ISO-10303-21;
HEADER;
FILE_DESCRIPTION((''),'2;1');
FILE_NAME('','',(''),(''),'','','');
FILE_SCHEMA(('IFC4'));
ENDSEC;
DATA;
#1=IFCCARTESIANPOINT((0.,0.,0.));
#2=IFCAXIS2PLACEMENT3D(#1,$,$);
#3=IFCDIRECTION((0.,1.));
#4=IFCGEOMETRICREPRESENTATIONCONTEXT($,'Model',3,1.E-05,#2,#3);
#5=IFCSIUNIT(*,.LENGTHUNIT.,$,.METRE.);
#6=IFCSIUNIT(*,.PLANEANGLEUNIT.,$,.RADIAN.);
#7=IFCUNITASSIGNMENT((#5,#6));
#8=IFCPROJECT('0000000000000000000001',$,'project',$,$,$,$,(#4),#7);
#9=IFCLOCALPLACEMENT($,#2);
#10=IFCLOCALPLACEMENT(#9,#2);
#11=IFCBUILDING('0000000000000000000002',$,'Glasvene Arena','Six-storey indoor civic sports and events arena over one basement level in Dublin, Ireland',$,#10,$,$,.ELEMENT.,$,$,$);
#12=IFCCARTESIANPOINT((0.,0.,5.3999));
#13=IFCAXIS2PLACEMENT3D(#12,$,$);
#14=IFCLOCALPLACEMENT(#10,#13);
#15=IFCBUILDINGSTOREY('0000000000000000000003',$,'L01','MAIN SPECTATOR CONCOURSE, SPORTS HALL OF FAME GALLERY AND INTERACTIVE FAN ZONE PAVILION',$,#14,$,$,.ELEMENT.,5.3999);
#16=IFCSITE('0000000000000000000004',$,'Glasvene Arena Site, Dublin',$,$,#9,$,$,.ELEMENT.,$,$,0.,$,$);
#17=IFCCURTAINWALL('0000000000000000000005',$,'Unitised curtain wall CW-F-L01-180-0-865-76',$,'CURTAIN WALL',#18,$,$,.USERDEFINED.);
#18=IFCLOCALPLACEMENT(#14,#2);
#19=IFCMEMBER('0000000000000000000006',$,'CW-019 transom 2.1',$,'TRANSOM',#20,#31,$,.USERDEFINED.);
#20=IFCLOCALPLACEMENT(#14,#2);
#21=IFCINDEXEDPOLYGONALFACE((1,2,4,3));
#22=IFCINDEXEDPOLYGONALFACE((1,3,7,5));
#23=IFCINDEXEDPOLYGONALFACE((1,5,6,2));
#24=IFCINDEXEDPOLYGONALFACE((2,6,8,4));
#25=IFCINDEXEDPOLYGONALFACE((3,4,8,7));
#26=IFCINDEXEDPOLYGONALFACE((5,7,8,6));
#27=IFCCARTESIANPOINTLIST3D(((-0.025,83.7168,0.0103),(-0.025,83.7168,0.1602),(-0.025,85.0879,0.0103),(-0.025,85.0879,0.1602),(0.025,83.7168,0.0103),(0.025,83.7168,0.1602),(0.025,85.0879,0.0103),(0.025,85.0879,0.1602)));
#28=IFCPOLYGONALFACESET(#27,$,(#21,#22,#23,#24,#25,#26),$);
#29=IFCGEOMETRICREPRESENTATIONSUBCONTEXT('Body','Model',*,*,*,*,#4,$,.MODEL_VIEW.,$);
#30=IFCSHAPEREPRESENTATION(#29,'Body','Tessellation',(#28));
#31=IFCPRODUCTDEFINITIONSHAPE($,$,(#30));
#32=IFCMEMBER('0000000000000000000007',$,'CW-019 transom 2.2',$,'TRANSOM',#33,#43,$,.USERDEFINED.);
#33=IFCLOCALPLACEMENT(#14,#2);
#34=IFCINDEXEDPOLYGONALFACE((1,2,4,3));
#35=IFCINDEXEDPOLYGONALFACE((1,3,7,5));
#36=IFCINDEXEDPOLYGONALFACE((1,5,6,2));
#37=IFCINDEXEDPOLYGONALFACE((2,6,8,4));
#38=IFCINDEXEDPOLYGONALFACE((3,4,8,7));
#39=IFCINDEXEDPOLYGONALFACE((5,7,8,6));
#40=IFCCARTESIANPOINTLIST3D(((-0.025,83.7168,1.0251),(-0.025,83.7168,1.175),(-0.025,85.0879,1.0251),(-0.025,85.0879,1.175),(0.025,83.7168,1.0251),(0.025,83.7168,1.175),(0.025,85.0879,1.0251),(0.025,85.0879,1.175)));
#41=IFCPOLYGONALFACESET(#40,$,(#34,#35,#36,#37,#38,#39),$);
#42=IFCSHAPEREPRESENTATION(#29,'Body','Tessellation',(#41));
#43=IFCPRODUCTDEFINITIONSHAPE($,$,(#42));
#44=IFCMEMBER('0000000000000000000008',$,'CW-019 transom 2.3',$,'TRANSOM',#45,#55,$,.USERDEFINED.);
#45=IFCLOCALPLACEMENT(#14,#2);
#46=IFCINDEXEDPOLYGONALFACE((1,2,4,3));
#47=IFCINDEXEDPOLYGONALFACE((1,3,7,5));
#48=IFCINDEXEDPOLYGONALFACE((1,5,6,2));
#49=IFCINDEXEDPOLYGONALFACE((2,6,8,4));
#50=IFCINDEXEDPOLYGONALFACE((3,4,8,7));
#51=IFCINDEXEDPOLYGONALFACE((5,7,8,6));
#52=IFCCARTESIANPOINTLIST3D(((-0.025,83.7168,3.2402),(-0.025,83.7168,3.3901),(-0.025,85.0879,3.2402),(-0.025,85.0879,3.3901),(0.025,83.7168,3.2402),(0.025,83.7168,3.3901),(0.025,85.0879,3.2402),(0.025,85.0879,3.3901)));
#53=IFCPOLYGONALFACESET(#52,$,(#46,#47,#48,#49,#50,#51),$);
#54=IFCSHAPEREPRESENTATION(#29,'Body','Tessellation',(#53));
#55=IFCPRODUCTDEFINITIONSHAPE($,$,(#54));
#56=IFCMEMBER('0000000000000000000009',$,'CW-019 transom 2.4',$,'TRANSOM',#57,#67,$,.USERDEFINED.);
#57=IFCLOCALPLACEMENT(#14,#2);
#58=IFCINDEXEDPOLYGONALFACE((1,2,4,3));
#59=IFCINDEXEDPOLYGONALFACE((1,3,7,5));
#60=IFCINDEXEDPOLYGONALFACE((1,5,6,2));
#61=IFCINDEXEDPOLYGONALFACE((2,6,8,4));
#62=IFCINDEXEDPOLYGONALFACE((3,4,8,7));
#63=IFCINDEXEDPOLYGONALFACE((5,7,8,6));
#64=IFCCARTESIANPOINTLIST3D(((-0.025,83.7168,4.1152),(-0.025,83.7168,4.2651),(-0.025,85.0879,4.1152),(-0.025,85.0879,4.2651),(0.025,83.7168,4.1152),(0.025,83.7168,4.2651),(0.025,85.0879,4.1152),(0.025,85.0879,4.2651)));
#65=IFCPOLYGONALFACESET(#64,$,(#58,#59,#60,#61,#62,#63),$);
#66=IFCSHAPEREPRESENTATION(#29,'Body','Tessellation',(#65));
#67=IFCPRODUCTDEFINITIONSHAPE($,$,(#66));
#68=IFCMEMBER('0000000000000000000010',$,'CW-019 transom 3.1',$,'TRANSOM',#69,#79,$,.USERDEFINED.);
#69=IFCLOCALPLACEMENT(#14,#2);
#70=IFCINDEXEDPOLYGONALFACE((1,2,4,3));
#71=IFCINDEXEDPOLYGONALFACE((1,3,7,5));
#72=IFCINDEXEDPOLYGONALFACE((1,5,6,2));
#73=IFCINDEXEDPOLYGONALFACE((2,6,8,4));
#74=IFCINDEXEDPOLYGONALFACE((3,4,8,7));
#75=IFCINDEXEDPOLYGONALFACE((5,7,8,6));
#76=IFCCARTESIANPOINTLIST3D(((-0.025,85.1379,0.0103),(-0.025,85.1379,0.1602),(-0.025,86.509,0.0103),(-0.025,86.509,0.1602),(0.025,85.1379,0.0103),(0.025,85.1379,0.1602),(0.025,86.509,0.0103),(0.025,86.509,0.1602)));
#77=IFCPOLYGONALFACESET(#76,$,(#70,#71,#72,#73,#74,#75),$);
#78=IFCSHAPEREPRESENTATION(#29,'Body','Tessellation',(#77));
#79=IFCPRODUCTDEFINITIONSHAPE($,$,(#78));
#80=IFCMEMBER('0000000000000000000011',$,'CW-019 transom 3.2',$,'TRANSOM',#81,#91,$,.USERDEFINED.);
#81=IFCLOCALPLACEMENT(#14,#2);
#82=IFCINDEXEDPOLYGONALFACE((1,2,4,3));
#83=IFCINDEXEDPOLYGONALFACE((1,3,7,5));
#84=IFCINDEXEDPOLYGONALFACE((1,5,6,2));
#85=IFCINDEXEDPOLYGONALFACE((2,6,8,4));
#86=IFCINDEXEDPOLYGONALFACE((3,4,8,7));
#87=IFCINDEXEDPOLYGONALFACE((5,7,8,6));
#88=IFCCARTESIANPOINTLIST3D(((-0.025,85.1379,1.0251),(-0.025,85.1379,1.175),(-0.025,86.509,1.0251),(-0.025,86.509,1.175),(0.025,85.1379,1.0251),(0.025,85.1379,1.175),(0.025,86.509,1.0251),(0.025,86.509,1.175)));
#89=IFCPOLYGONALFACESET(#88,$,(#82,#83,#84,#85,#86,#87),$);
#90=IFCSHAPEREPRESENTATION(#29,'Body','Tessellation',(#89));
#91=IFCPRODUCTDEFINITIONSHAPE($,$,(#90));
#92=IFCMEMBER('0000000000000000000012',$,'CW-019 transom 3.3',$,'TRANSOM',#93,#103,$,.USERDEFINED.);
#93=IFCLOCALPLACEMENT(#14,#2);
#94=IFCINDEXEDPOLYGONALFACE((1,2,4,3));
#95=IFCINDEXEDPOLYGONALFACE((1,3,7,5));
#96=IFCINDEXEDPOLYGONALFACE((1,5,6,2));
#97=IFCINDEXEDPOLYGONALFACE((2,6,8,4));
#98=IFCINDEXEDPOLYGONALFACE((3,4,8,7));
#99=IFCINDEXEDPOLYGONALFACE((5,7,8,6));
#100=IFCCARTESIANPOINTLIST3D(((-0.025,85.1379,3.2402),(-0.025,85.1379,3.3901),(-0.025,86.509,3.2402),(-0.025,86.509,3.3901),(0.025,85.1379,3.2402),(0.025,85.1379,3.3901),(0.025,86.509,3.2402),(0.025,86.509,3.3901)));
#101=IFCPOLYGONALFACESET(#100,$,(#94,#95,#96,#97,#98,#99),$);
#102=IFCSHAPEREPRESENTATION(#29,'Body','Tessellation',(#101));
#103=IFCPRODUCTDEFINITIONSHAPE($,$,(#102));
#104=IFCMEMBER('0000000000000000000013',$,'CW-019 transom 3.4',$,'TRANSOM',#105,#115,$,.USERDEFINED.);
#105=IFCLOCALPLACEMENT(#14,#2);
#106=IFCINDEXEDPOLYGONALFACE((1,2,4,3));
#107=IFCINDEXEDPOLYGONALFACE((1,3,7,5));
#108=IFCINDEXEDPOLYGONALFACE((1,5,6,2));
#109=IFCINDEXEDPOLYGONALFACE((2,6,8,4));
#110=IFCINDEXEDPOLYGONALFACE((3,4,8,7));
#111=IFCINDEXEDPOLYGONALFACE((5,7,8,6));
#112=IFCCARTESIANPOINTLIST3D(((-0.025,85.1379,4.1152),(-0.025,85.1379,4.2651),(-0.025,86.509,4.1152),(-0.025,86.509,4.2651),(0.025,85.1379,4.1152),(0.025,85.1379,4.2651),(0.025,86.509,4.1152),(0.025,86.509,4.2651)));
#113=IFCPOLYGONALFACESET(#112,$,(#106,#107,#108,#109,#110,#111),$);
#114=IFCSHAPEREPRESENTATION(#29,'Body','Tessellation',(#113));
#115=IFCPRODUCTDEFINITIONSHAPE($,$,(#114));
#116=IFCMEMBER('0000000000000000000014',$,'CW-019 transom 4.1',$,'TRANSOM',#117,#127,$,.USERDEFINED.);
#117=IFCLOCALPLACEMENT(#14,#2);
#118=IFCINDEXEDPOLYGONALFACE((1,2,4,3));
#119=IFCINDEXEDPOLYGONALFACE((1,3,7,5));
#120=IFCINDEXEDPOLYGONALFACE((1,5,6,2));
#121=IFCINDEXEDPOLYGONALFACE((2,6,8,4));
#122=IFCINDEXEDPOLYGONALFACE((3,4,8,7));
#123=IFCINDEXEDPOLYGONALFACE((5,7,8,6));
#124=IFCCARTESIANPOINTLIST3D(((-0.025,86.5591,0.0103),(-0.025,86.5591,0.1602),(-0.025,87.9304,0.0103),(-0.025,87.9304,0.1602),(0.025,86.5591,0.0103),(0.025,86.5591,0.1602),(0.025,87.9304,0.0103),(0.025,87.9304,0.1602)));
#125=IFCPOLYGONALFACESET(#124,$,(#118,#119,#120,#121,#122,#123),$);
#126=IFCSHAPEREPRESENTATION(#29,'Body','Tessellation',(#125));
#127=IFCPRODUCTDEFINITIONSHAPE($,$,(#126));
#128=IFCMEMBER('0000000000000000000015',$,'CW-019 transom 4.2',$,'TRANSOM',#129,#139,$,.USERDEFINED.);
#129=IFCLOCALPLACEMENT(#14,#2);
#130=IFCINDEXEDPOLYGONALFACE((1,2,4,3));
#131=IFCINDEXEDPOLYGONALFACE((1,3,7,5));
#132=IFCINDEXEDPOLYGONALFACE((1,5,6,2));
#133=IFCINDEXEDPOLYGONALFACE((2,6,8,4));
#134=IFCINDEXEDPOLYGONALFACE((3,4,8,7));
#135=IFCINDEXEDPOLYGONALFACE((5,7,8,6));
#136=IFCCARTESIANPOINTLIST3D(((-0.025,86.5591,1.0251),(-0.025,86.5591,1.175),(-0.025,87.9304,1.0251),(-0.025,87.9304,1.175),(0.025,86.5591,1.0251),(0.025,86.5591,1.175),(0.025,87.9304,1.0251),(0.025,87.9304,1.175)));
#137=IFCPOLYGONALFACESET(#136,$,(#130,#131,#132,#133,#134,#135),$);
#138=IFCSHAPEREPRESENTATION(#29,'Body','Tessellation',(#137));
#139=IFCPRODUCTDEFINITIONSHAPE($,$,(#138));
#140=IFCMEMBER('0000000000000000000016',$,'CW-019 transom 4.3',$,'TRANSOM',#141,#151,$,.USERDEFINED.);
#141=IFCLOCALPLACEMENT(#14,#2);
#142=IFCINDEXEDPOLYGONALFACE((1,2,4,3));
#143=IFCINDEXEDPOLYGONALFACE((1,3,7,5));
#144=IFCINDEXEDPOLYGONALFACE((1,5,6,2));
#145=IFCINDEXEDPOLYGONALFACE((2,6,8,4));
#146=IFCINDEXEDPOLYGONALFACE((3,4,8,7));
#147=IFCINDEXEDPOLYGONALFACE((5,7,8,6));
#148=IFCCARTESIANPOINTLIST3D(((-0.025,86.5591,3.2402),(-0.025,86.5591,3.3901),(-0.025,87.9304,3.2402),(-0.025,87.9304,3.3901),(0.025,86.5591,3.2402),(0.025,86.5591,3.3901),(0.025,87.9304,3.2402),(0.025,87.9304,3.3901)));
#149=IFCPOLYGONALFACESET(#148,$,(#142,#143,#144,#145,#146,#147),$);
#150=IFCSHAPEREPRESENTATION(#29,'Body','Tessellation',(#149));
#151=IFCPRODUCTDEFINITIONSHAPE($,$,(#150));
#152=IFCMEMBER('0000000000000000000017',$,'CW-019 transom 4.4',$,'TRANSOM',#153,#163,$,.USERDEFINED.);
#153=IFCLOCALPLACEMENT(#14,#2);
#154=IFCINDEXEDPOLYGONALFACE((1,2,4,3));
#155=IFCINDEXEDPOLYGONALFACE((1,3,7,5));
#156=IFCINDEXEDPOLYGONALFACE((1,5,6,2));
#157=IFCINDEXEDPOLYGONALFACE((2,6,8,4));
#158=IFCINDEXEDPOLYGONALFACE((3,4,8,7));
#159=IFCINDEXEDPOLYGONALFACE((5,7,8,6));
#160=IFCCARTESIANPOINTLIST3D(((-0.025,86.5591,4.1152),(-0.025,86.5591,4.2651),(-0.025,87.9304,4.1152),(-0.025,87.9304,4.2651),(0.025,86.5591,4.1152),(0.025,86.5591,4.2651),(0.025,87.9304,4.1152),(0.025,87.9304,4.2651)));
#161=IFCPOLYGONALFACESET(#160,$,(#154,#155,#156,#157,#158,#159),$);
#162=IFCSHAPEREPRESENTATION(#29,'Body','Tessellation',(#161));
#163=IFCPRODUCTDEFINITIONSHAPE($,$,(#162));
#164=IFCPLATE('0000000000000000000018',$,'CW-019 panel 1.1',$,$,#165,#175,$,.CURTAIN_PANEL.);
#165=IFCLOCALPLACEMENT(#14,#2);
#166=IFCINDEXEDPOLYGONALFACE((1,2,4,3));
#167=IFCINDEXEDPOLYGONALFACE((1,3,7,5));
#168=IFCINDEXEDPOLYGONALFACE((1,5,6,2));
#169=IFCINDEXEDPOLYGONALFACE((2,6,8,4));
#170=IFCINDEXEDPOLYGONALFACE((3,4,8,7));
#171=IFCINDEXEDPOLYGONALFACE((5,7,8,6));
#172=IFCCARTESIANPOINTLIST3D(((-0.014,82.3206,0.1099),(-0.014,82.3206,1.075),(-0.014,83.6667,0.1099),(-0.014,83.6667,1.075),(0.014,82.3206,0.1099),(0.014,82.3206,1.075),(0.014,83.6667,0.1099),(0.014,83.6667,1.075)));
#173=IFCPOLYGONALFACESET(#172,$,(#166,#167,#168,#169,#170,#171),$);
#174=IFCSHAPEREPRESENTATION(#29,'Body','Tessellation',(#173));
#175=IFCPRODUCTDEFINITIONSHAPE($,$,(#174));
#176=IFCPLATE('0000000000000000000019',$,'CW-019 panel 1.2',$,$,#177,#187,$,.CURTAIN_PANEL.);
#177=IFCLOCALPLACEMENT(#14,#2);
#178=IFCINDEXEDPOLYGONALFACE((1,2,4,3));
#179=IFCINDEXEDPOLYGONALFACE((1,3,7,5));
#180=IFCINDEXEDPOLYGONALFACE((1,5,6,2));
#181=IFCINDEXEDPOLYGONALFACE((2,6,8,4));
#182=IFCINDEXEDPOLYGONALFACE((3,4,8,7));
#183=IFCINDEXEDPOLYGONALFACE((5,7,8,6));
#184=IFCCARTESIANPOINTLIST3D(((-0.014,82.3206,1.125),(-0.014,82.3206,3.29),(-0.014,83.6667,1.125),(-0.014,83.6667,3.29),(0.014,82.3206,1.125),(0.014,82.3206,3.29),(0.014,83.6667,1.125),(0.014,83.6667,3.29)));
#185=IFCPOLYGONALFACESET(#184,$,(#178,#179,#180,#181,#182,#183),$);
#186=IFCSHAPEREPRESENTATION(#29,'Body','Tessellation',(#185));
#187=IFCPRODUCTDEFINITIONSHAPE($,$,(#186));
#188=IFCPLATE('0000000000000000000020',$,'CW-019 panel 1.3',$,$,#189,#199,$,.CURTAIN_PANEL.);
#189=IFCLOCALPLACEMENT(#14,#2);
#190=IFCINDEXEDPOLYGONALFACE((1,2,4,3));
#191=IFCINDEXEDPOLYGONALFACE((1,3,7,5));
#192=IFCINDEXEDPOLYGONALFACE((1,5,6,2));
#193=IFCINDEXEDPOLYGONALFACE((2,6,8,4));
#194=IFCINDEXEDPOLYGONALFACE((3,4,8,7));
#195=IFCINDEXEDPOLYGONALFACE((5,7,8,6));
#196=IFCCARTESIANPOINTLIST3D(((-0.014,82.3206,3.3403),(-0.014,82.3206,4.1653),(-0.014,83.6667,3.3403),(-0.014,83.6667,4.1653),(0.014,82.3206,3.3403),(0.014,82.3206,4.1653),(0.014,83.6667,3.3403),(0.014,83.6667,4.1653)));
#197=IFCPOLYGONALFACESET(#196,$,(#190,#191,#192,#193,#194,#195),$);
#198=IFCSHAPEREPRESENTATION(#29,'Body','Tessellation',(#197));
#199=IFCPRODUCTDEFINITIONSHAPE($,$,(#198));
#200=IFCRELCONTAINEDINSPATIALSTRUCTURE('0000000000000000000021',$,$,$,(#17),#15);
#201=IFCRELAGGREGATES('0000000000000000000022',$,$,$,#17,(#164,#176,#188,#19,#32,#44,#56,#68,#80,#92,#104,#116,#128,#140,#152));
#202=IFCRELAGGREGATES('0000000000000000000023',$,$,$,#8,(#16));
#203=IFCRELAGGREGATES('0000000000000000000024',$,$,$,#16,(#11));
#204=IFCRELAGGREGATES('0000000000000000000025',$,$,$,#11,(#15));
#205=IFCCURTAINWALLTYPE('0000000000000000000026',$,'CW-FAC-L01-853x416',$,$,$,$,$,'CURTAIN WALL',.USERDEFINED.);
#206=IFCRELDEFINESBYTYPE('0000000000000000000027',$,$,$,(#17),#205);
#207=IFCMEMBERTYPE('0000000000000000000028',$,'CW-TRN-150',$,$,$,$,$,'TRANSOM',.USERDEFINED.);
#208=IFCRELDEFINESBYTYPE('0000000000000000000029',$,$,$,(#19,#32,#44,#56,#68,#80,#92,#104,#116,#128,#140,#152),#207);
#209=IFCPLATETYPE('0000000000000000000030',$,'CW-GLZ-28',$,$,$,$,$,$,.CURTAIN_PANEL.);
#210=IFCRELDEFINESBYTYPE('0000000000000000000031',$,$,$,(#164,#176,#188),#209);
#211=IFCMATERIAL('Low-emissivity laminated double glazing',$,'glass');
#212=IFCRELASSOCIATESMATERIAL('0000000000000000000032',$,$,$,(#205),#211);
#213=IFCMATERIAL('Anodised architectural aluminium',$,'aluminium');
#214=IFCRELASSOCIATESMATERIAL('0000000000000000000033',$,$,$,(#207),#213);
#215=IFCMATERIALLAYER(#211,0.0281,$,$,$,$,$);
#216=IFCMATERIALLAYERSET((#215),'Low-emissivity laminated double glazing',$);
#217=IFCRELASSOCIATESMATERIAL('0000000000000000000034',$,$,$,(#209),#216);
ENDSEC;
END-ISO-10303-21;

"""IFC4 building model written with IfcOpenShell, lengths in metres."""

from ifc_helpers import new_model, si_unit, direction, frame, origin, origin_2d, place, context, subcontext, project, spatial, rectangle, extrude, material, layer, layer_set, material_profile, profile_set, type_object, element, aggregate, save


model = new_model("IFC4")

# Units and contexts
model_context = context("Model", 3, precision=1e-05, world=origin(), true_north=direction((0.0, 1.0)))
body_context = subcontext(model_context, "Body", "Model", "MODEL_VIEW")
ifc_project = project(units=[si_unit("LENGTHUNIT", "METRE"), si_unit("PLANEANGLEUNIT", "RADIAN")], contexts=[model_context])

# Site, building, storey
site_placement = place(None, origin())
site = spatial("IfcSite", under=ifc_project, at=site_placement, Name="Glasvene Arena Site, Dublin", CompositionType="ELEMENT", RefElevation=0.0)
building_placement = place(site_placement, origin())
building = spatial("IfcBuilding", under=site, at=building_placement, Name="Glasvene Arena", Description="Six-storey indoor civic sports and events arena over one basement level in Dublin, Ireland", CompositionType="ELEMENT")
storey_placement = place(building_placement, frame((0.0, 0.0, 5.3999)))
storey = spatial("IfcBuildingStorey", under=building, at=storey_placement, Name="L01", Description="MAIN SPECTATOR CONCOURSE, SPORTS HALL OF FAME GALLERY AND INTERACTIVE FAN ZONE PAVILION", CompositionType="ELEMENT", Elevation=5.3999)

# Curtain wall, members, plates
ifc_material_1 = material(Name="Low-emissivity laminated double glazing", Category="glass")
curtain_wall_type = type_object("IfcCurtainWallType", Name="CW-FAC-L01-853x416", ElementType="CURTAIN WALL", PredefinedType="USERDEFINED", material=ifc_material_1)
curtain_wall_placement = place(storey_placement, frame((0.0, 82.2705, 0.0)))
curtain_wall = element("IfcCurtainWall", 1, at=curtain_wall_placement, inside=storey, type_object=curtain_wall_type, Name="Unitised curtain wall CW-F-L01-180-0-865-76", ObjectType="CURTAIN WALL", PredefinedType="USERDEFINED")
ifc_material_2 = material(Name="Anodised architectural aluminium", Category="aluminium")
ifc_material_profile_1 = material_profile(ifc_material_2, rectangle(XDim=0.05, YDim=0.1499, at=origin_2d()), Name="ALU TRANSOM 50x150")
ifc_profile_set_1 = profile_set([ifc_material_profile_1], Name="Anodised architectural aluminium")
member_type_1 = type_object("IfcMemberType", Name="CW-TRN-150", ElementType="TRANSOM", PredefinedType="USERDEFINED", material=ifc_profile_set_1)
member_1_placement = place(storey_placement, frame((0.0, 83.7168, 0.0852), z_axis=(0.0, 1.0, 0.0), x_axis=(-1.0, 0.0, 0.0)))
member_1 = element("IfcMember", 2, at=member_1_placement, type_object=member_type_1, Name="CW-019 transom 2.1", ObjectType="TRANSOM", PredefinedType="USERDEFINED", context=body_context, shape_type="SweptSolid", body=[
    extrude(rectangle(XDim=0.05, YDim=0.1499, at=origin_2d()), origin(), (0.0, 0.0, 1.0), 1.3711),
])
member_2_placement = place(storey_placement, frame((0.0, 83.7168, 1.1001), z_axis=(0.0, 1.0, 0.0), x_axis=(-1.0, 0.0, 0.0)))
member_2 = element("IfcMember", 3, at=member_2_placement, type_object=member_type_1, Name="CW-019 transom 2.2", ObjectType="TRANSOM", PredefinedType="USERDEFINED", context=body_context, shape_type="SweptSolid", body=[
    extrude(rectangle(XDim=0.05, YDim=0.1499, at=origin_2d()), origin(), (0.0, 0.0, 1.0), 1.3711),
])
member_3_placement = place(storey_placement, frame((0.0, 83.7168, 3.3152), z_axis=(0.0, 1.0, 0.0), x_axis=(-1.0, 0.0, 0.0)))
member_3 = element("IfcMember", 4, at=member_3_placement, type_object=member_type_1, Name="CW-019 transom 2.3", ObjectType="TRANSOM", PredefinedType="USERDEFINED", context=body_context, shape_type="SweptSolid", body=[
    extrude(rectangle(XDim=0.05, YDim=0.1499, at=origin_2d()), origin(), (0.0, 0.0, 1.0), 1.3711),
])
member_4_placement = place(storey_placement, frame((0.0, 83.7168, 4.1902), z_axis=(0.0, 1.0, 0.0), x_axis=(-1.0, 0.0, 0.0)))
member_4 = element("IfcMember", 5, at=member_4_placement, type_object=member_type_1, Name="CW-019 transom 2.4", ObjectType="TRANSOM", PredefinedType="USERDEFINED", context=body_context, shape_type="SweptSolid", body=[
    extrude(rectangle(XDim=0.05, YDim=0.1499, at=origin_2d()), origin(), (0.0, 0.0, 1.0), 1.3711),
])
member_5_placement = place(storey_placement, frame((0.0, 85.1379, 0.0852), z_axis=(0.0, 1.0, 0.0), x_axis=(-1.0, 0.0, 0.0)))
member_5 = element("IfcMember", 6, at=member_5_placement, type_object=member_type_1, Name="CW-019 transom 3.1", ObjectType="TRANSOM", PredefinedType="USERDEFINED", context=body_context, shape_type="SweptSolid", body=[
    extrude(rectangle(XDim=0.05, YDim=0.1499, at=origin_2d()), origin(), (0.0, 0.0, 1.0), 1.3711),
])
member_6_placement = place(storey_placement, frame((0.0, 85.1379, 1.1001), z_axis=(0.0, 1.0, 0.0), x_axis=(-1.0, 0.0, 0.0)))
member_6 = element("IfcMember", 7, at=member_6_placement, type_object=member_type_1, Name="CW-019 transom 3.2", ObjectType="TRANSOM", PredefinedType="USERDEFINED", context=body_context, shape_type="SweptSolid", body=[
    extrude(rectangle(XDim=0.05, YDim=0.1499, at=origin_2d()), origin(), (0.0, 0.0, 1.0), 1.3711),
])
member_7_placement = place(storey_placement, frame((0.0, 85.1379, 3.3152), z_axis=(0.0, 1.0, 0.0), x_axis=(-1.0, 0.0, 0.0)))
member_7 = element("IfcMember", 8, at=member_7_placement, type_object=member_type_1, Name="CW-019 transom 3.3", ObjectType="TRANSOM", PredefinedType="USERDEFINED", context=body_context, shape_type="SweptSolid", body=[
    extrude(rectangle(XDim=0.05, YDim=0.1499, at=origin_2d()), origin(), (0.0, 0.0, 1.0), 1.3711),
])
member_8_placement = place(storey_placement, frame((0.0, 85.1379, 4.1902), z_axis=(0.0, 1.0, 0.0), x_axis=(-1.0, 0.0, 0.0)))
member_8 = element("IfcMember", 9, at=member_8_placement, type_object=member_type_1, Name="CW-019 transom 3.4", ObjectType="TRANSOM", PredefinedType="USERDEFINED", context=body_context, shape_type="SweptSolid", body=[
    extrude(rectangle(XDim=0.05, YDim=0.1499, at=origin_2d()), origin(), (0.0, 0.0, 1.0), 1.3711),
])
member_9_placement = place(storey_placement, frame((0.0, 86.5591, 0.0852), z_axis=(0.0, 1.0, 0.0), x_axis=(-1.0, 0.0, 0.0)))
member_9 = element("IfcMember", 10, at=member_9_placement, type_object=member_type_1, Name="CW-019 transom 4.1", ObjectType="TRANSOM", PredefinedType="USERDEFINED", context=body_context, shape_type="SweptSolid", body=[
    extrude(rectangle(XDim=0.05, YDim=0.1499, at=origin_2d()), origin(), (0.0, 0.0, 1.0), 1.3713),
])
member_10_placement = place(storey_placement, frame((0.0, 86.5591, 1.1001), z_axis=(0.0, 1.0, 0.0), x_axis=(-1.0, 0.0, 0.0)))
member_10 = element("IfcMember", 11, at=member_10_placement, type_object=member_type_1, Name="CW-019 transom 4.2", ObjectType="TRANSOM", PredefinedType="USERDEFINED", context=body_context, shape_type="SweptSolid", body=[
    extrude(rectangle(XDim=0.05, YDim=0.1499, at=origin_2d()), origin(), (0.0, 0.0, 1.0), 1.3713),
])
member_11_placement = place(storey_placement, frame((0.0, 86.5591, 3.3152), z_axis=(0.0, 1.0, 0.0), x_axis=(-1.0, 0.0, 0.0)))
member_11 = element("IfcMember", 12, at=member_11_placement, type_object=member_type_1, Name="CW-019 transom 4.3", ObjectType="TRANSOM", PredefinedType="USERDEFINED", context=body_context, shape_type="SweptSolid", body=[
    extrude(rectangle(XDim=0.05, YDim=0.1499, at=origin_2d()), origin(), (0.0, 0.0, 1.0), 1.3713),
])
member_12_placement = place(storey_placement, frame((0.0, 86.5591, 4.1902), z_axis=(0.0, 1.0, 0.0), x_axis=(-1.0, 0.0, 0.0)))
member_12 = element("IfcMember", 13, at=member_12_placement, type_object=member_type_1, Name="CW-019 transom 4.4", ObjectType="TRANSOM", PredefinedType="USERDEFINED", context=body_context, shape_type="SweptSolid", body=[
    extrude(rectangle(XDim=0.05, YDim=0.1499, at=origin_2d()), origin(), (0.0, 0.0, 1.0), 1.3713),
])
ifc_layer = layer(ifc_material_1, 0.0281)
ifc_layer_set = layer_set([ifc_layer], Name="Low-emissivity laminated double glazing")
plate_type = type_object("IfcPlateType", Name="CW-GLZ-28", PredefinedType="CURTAIN_PANEL", material=ifc_layer_set)
plate_1_placement = place(storey_placement, frame((0.0, 82.9937, 0.1099), z_axis=(0.0, 0.0, 1.0), x_axis=(0.0, 1.0, 0.0)))
plate_1 = element("IfcPlate", 14, at=plate_1_placement, type_object=plate_type, Name="CW-019 panel 1.1", PredefinedType="CURTAIN_PANEL", context=body_context, shape_type="SweptSolid", body=[
    extrude(rectangle(XDim=1.3462, YDim=0.0281, at=origin_2d()), origin(), (0.0, 0.0, 1.0), 0.9651),
])
plate_2_placement = place(storey_placement, frame((0.0, 82.9937, 1.125), z_axis=(0.0, 0.0, 1.0), x_axis=(0.0, 1.0, 0.0)))
plate_2 = element("IfcPlate", 15, at=plate_2_placement, type_object=plate_type, Name="CW-019 panel 1.2", PredefinedType="CURTAIN_PANEL", context=body_context, shape_type="SweptSolid", body=[
    extrude(rectangle(XDim=1.3462, YDim=0.0281, at=origin_2d()), origin(), (0.0, 0.0, 1.0), 2.165),
])
plate_3_placement = place(storey_placement, frame((0.0, 82.9937, 3.3403), z_axis=(0.0, 0.0, 1.0), x_axis=(0.0, 1.0, 0.0)))
plate_3 = element("IfcPlate", 16, at=plate_3_placement, type_object=plate_type, Name="CW-019 panel 1.3", PredefinedType="CURTAIN_PANEL", context=body_context, shape_type="SweptSolid", body=[
    extrude(rectangle(XDim=1.3462, YDim=0.0281, at=origin_2d()), origin(), (0.0, 0.0, 1.0), 0.825),
])
aggregate(curtain_wall, [plate_1, plate_2, plate_3, member_1, member_2, member_3, member_4, member_5, member_6, member_7, member_8, member_9, member_10, member_11, member_12])

save(model, "model.ifc")
